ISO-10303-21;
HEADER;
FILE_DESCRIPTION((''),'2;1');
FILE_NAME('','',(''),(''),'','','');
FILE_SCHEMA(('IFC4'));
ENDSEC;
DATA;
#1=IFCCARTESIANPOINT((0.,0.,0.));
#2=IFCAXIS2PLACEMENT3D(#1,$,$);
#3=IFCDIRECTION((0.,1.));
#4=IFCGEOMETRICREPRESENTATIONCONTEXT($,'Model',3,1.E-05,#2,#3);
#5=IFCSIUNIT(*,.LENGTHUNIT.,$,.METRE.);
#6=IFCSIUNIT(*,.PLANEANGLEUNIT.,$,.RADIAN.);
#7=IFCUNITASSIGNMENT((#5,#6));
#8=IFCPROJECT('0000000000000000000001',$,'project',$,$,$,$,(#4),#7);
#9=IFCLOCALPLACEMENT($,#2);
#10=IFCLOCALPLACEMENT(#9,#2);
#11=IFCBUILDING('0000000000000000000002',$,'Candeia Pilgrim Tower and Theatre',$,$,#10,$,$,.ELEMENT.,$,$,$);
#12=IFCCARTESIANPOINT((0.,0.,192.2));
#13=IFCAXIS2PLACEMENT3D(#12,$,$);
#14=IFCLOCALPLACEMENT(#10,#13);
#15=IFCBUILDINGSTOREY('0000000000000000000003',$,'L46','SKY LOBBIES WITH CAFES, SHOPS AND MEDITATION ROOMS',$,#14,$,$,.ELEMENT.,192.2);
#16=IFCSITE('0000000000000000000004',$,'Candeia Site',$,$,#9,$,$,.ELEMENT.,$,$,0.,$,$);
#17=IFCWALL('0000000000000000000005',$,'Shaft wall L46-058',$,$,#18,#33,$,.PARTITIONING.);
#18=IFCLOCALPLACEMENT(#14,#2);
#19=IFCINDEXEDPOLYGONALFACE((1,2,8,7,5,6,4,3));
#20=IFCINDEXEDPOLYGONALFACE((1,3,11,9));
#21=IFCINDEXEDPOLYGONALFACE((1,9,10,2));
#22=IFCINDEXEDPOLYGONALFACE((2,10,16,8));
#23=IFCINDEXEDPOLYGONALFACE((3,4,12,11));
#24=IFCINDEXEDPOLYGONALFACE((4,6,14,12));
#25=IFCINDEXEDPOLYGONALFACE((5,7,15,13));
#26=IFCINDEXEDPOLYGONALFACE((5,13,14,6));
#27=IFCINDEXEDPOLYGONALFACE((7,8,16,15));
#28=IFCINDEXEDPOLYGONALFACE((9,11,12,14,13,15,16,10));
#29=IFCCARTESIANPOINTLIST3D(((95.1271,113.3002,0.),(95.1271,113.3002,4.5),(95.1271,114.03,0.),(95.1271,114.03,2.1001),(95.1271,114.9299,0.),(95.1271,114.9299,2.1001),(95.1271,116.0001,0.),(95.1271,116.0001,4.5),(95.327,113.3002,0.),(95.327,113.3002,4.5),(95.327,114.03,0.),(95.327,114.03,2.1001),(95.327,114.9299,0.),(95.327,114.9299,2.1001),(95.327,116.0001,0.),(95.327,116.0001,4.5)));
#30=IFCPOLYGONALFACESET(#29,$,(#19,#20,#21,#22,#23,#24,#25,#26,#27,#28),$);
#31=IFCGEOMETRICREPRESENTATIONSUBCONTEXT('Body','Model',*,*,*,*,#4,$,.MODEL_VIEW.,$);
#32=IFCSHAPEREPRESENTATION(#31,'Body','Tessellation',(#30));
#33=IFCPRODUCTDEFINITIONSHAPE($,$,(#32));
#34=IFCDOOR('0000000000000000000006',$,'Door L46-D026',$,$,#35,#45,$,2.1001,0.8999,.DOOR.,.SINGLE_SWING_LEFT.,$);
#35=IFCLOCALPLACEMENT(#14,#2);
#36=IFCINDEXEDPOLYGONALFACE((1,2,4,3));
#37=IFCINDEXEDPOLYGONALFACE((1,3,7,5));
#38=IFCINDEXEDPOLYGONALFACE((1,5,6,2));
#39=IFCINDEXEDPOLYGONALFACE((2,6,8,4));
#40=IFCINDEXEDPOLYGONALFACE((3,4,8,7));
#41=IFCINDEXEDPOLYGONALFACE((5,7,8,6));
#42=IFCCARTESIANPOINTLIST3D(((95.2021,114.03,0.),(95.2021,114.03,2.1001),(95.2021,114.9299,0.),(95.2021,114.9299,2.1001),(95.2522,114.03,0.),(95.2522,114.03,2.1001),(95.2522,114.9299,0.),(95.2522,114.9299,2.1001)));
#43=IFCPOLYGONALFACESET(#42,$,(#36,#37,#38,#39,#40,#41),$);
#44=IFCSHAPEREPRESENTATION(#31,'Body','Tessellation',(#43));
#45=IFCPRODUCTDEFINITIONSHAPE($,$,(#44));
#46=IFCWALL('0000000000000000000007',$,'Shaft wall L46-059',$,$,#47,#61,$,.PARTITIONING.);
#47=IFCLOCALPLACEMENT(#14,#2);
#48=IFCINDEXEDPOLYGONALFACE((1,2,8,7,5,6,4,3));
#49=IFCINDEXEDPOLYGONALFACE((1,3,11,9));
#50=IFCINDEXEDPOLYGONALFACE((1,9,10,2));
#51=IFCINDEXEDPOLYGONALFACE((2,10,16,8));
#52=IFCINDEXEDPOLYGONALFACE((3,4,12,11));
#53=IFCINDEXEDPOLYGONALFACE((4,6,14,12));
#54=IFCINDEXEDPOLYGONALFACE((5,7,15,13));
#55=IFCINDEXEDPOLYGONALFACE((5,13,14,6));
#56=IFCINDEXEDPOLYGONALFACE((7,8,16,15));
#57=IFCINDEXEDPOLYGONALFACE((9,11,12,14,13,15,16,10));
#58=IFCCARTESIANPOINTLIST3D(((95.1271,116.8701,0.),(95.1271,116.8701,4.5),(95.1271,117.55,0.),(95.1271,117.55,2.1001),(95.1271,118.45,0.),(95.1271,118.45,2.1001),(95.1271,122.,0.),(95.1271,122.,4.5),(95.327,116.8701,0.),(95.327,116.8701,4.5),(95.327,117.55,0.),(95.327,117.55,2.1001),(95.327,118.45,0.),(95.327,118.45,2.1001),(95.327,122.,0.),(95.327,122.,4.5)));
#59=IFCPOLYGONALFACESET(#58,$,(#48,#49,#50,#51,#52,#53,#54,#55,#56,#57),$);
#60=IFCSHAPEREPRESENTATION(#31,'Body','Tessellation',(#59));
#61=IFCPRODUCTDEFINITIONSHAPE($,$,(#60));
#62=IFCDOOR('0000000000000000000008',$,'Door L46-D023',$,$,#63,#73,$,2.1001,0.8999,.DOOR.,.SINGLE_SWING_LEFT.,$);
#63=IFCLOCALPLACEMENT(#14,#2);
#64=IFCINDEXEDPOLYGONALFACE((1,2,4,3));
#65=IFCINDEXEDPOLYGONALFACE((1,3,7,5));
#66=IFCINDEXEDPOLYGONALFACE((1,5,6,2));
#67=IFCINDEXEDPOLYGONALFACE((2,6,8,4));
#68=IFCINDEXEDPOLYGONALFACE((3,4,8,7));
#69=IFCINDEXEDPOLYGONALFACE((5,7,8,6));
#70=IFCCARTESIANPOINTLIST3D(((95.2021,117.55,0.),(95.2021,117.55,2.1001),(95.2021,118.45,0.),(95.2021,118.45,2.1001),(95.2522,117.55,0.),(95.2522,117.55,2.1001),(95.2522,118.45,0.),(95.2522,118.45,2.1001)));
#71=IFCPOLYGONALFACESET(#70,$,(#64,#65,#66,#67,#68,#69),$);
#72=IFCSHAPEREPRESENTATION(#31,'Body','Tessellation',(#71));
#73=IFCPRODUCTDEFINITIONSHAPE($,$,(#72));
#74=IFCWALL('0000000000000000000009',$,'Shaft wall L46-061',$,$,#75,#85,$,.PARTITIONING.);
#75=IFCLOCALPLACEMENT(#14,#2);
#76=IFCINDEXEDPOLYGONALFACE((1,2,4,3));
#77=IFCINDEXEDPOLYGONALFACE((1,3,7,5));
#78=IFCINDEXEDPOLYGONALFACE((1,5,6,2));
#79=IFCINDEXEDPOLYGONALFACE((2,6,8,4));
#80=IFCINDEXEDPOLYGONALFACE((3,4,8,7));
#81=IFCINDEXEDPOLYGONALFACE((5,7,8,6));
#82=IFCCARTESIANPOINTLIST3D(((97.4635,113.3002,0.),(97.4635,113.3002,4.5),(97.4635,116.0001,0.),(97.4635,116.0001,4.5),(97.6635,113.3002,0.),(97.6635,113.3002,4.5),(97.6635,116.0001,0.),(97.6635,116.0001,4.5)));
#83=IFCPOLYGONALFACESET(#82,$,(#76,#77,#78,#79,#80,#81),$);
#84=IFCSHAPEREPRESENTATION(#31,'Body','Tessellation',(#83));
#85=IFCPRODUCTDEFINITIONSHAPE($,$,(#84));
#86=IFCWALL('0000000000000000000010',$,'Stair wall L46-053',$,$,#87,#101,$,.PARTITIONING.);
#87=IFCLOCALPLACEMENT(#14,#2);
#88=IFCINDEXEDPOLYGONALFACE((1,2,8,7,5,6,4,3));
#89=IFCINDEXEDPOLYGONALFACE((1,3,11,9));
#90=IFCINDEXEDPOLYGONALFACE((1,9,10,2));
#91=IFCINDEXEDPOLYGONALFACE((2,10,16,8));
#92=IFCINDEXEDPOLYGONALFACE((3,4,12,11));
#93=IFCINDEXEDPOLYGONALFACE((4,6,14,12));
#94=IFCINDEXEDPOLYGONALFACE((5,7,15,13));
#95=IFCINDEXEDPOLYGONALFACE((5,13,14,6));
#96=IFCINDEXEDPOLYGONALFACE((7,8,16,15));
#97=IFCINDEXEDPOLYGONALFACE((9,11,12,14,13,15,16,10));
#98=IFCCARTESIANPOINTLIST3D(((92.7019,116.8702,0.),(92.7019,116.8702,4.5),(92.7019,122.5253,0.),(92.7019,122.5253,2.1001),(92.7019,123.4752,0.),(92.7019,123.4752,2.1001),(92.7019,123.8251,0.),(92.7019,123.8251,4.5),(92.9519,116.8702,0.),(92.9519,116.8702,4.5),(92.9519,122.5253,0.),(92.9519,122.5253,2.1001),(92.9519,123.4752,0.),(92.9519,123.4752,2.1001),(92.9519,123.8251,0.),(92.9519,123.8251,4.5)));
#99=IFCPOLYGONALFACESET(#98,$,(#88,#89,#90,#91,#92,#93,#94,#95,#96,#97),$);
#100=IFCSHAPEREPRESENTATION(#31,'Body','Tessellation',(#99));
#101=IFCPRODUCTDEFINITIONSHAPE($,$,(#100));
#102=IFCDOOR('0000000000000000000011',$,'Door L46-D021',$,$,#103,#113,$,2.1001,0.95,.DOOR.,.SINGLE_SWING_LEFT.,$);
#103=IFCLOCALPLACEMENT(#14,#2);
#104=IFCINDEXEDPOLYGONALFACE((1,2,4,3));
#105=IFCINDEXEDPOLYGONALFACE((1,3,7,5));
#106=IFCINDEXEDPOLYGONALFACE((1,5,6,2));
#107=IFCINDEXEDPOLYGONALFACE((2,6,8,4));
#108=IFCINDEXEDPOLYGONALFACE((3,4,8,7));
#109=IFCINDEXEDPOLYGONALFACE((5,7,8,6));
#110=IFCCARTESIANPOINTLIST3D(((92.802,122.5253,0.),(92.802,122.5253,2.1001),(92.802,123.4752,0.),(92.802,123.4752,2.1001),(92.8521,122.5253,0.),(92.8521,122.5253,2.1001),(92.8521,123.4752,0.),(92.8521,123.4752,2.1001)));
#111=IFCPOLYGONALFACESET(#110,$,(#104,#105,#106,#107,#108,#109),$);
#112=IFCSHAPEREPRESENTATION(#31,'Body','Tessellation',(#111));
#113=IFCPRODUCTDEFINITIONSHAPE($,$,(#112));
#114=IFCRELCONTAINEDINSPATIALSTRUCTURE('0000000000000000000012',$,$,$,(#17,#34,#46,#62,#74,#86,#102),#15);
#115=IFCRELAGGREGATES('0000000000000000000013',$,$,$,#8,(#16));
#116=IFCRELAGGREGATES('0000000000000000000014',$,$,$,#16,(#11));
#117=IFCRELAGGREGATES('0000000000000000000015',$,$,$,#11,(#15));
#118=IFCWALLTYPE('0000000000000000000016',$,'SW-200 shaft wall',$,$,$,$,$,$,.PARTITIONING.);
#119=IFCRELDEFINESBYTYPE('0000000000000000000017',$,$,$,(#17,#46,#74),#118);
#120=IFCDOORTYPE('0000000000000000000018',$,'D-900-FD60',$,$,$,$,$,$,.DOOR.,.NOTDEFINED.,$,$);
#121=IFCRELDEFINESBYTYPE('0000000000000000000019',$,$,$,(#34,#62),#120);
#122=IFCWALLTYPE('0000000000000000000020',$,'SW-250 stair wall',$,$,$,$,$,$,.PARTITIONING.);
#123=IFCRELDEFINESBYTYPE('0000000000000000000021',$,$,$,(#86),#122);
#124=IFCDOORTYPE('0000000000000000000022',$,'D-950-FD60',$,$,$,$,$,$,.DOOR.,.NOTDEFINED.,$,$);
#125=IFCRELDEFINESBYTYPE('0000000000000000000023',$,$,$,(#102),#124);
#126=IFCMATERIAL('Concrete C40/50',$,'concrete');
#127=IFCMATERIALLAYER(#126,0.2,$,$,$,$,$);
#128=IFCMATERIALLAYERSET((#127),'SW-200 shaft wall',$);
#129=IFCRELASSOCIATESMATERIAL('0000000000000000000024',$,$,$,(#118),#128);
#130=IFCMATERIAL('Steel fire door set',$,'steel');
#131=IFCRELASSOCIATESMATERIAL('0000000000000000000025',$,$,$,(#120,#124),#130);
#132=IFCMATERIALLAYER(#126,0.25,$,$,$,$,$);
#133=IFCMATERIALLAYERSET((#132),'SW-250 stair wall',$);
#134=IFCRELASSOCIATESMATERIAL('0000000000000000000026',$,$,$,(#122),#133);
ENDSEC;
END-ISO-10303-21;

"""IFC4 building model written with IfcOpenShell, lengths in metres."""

from ifc_helpers import new_model, si_unit, direction, frame, frame_2d, origin, place, context, subcontext, project, spatial, rectangle, extrude, material, layer, layer_set, type_object, element, fill, save


model = new_model("IFC4")

# Units and contexts
model_context = context("Model", 3, precision=1e-05, world=origin(), true_north=direction((0.0, 1.0)))
body_context = subcontext(model_context, "Body", "Model", "MODEL_VIEW")
ifc_project = project(units=[si_unit("LENGTHUNIT", "METRE"), si_unit("PLANEANGLEUNIT", "RADIAN")], contexts=[model_context])

# Site, building, storey
site_placement = place(None, origin())
site = spatial("IfcSite", under=ifc_project, at=site_placement, Name="Candeia Site", CompositionType="ELEMENT", RefElevation=0.0)
building_placement = place(site_placement, origin())
building = spatial("IfcBuilding", under=site, at=building_placement, Name="Candeia Pilgrim Tower and Theatre", CompositionType="ELEMENT")
storey_placement = place(building_placement, frame((0.0, 0.0, 192.2)))
storey = spatial("IfcBuildingStorey", under=building, at=storey_placement, Name="L46", Description="SKY LOBBIES WITH CAFES, SHOPS AND MEDITATION ROOMS", CompositionType="ELEMENT", Elevation=192.2)

# Shared definitions
ifc_material_1 = material(Name="Steel fire door set", Category="steel")

# Shared definitions
ifc_material_2 = material(Name="Concrete C40/50", Category="concrete")
ifc_layer_1 = layer(ifc_material_2, 0.2)
ifc_layer_set_1 = layer_set([ifc_layer_1], Name="SW-200 shaft wall")
wall_type_1 = type_object("IfcWallType", Name="SW-200 shaft wall", PredefinedType="PARTITIONING", material=ifc_layer_set_1)

# Walls, openings, doors
door_type_1 = type_object("IfcDoorType", Name="D-900-FD60", OperationType="NOTDEFINED", PredefinedType="DOOR", material=ifc_material_1)
wall_1_placement = place(storey_placement, frame((95.2271, 113.3, 0.0), z_axis=(0.0, 0.0, 1.0), x_axis=(0.0, 1.0, 0.0)))
wall_1 = element("IfcWall", 1, at=wall_1_placement, inside=storey, type_object=wall_type_1, Name="Shaft wall L46-058", PredefinedType="PARTITIONING", context=body_context, shape_type="SweptSolid", body=[
    extrude(rectangle(XDim=2.7, YDim=0.2, at=frame_2d((1.3501, 0.0))), origin(), (0.0, 0.0, 1.0), 4.5),
])
opening_1_placement = place(wall_1_placement, frame((0.73, 0.0, 0.0)))
opening_1 = element("IfcOpeningElement", 2, at=opening_1_placement, cuts=wall_1, PredefinedType="OPENING", context=body_context, shape_type="SweptSolid", body=[
    extrude(rectangle(XDim=0.8999, YDim=2.1001, at=frame_2d((0.45, 1.05))), frame((0.0, 0.1099, 0.0), z_axis=(0.0, -1.0, 0.0), x_axis=(1.0, 0.0, 0.0)), (0.0, 0.0, 1.0), 0.22),
])
door_1_placement = place(opening_1_placement, origin())
door_1 = element("IfcDoor", 3, at=door_1_placement, inside=storey, type_object=door_type_1, Name="Door L46-D026", OperationType="SINGLE_SWING_LEFT", OverallHeight=2.1001, OverallWidth=0.8999, PredefinedType="DOOR", context=body_context, shape_type="SweptSolid", body=[
    extrude(rectangle(XDim=0.8999, YDim=2.1001, at=frame_2d((0.45, 1.05))), frame((0.0, 0.0249, 0.0), z_axis=(0.0, -1.0, 0.0), x_axis=(1.0, 0.0, 0.0)), (0.0, 0.0, 1.0), 0.05),
])
fill(opening_1, door_1)
wall_2_placement = place(storey_placement, frame((95.2271, 116.8701, 0.0), z_axis=(0.0, 0.0, 1.0), x_axis=(0.0, 1.0, 0.0)))
wall_2 = element("IfcWall", 4, at=wall_2_placement, inside=storey, type_object=wall_type_1, Name="Shaft wall L46-059", PredefinedType="PARTITIONING", context=body_context, shape_type="SweptSolid", body=[
    extrude(rectangle(XDim=5.1299, YDim=0.2, at=frame_2d((2.5649, 0.0))), origin(), (0.0, 0.0, 1.0), 4.5),
])
opening_2_placement = place(wall_2_placement, frame((0.6799, 0.0, 0.0)))
opening_2 = element("IfcOpeningElement", 5, at=opening_2_placement, cuts=wall_2, PredefinedType="OPENING", context=body_context, shape_type="SweptSolid", body=[
    extrude(rectangle(XDim=0.8999, YDim=2.1001, at=frame_2d((0.45, 1.05))), frame((0.0, 0.1099, 0.0), z_axis=(0.0, -1.0, 0.0), x_axis=(1.0, 0.0, 0.0)), (0.0, 0.0, 1.0), 0.22),
])
door_2_placement = place(opening_2_placement, origin())
door_2 = element("IfcDoor", 6, at=door_2_placement, inside=storey, type_object=door_type_1, Name="Door L46-D023", OperationType="SINGLE_SWING_LEFT", OverallHeight=2.1001, OverallWidth=0.8999, PredefinedType="DOOR", context=body_context, shape_type="SweptSolid", body=[
    extrude(rectangle(XDim=0.8999, YDim=2.1001, at=frame_2d((0.45, 1.05))), frame((0.0, 0.0249, 0.0), z_axis=(0.0, -1.0, 0.0), x_axis=(1.0, 0.0, 0.0)), (0.0, 0.0, 1.0), 0.05),
])
fill(opening_2, door_2)

# Wall
wall_3_placement = place(storey_placement, frame((97.5635, 113.3, 0.0), z_axis=(0.0, 0.0, 1.0), x_axis=(0.0, 1.0, 0.0)))
element("IfcWall", 7, at=wall_3_placement, inside=storey, type_object=wall_type_1, Name="Shaft wall L46-061", PredefinedType="PARTITIONING", context=body_context, shape_type="SweptSolid", body=[
    extrude(rectangle(XDim=2.7, YDim=0.2, at=frame_2d((1.3501, 0.0))), origin(), (0.0, 0.0, 1.0), 4.5),
])

# Wall, opening, door
ifc_layer_2 = layer(ifc_material_2, 0.25)
ifc_layer_set_2 = layer_set([ifc_layer_2], Name="SW-250 stair wall")
wall_type_2 = type_object("IfcWallType", Name="SW-250 stair wall", PredefinedType="PARTITIONING", material=ifc_layer_set_2)
wall_4_placement = place(storey_placement, frame((92.8269, 116.8701, 0.0), z_axis=(0.0, 0.0, 1.0), x_axis=(0.0, 1.0, 0.0)))
wall_4 = element("IfcWall", 8, at=wall_4_placement, inside=storey, type_object=wall_type_2, Name="Stair wall L46-053", PredefinedType="PARTITIONING", context=body_context, shape_type="SweptSolid", body=[
    extrude(rectangle(XDim=6.9548, YDim=0.25, at=frame_2d((3.4775, 0.0))), origin(), (0.0, 0.0, 1.0), 4.5),
])
opening_3_placement = place(wall_4_placement, frame((5.655, 0.0, 0.0)))
opening_3 = element("IfcOpeningElement", 9, at=opening_3_placement, cuts=wall_4, PredefinedType="OPENING", context=body_context, shape_type="SweptSolid", body=[
    extrude(rectangle(XDim=0.95, YDim=2.1001, at=frame_2d((0.4751, 1.05))), frame((0.0, 0.135, 0.0), z_axis=(0.0, -1.0, 0.0), x_axis=(1.0, 0.0, 0.0)), (0.0, 0.0, 1.0), 0.27),
])
door_type_2 = type_object("IfcDoorType", Name="D-950-FD60", OperationType="NOTDEFINED", PredefinedType="DOOR", material=ifc_material_1)
door_3_placement = place(opening_3_placement, origin())
door_3 = element("IfcDoor", 10, at=door_3_placement, inside=storey, type_object=door_type_2, Name="Door L46-D021", OperationType="SINGLE_SWING_LEFT", OverallHeight=2.1001, OverallWidth=0.95, PredefinedType="DOOR", context=body_context, shape_type="SweptSolid", body=[
    extrude(rectangle(XDim=0.95, YDim=2.1001, at=frame_2d((0.4751, 1.05))), frame((0.0, 0.0249, 0.0), z_axis=(0.0, -1.0, 0.0), x_axis=(1.0, 0.0, 0.0)), (0.0, 0.0, 1.0), 0.05),
])
fill(opening_3, door_3)

save(model, "model.ifc")
